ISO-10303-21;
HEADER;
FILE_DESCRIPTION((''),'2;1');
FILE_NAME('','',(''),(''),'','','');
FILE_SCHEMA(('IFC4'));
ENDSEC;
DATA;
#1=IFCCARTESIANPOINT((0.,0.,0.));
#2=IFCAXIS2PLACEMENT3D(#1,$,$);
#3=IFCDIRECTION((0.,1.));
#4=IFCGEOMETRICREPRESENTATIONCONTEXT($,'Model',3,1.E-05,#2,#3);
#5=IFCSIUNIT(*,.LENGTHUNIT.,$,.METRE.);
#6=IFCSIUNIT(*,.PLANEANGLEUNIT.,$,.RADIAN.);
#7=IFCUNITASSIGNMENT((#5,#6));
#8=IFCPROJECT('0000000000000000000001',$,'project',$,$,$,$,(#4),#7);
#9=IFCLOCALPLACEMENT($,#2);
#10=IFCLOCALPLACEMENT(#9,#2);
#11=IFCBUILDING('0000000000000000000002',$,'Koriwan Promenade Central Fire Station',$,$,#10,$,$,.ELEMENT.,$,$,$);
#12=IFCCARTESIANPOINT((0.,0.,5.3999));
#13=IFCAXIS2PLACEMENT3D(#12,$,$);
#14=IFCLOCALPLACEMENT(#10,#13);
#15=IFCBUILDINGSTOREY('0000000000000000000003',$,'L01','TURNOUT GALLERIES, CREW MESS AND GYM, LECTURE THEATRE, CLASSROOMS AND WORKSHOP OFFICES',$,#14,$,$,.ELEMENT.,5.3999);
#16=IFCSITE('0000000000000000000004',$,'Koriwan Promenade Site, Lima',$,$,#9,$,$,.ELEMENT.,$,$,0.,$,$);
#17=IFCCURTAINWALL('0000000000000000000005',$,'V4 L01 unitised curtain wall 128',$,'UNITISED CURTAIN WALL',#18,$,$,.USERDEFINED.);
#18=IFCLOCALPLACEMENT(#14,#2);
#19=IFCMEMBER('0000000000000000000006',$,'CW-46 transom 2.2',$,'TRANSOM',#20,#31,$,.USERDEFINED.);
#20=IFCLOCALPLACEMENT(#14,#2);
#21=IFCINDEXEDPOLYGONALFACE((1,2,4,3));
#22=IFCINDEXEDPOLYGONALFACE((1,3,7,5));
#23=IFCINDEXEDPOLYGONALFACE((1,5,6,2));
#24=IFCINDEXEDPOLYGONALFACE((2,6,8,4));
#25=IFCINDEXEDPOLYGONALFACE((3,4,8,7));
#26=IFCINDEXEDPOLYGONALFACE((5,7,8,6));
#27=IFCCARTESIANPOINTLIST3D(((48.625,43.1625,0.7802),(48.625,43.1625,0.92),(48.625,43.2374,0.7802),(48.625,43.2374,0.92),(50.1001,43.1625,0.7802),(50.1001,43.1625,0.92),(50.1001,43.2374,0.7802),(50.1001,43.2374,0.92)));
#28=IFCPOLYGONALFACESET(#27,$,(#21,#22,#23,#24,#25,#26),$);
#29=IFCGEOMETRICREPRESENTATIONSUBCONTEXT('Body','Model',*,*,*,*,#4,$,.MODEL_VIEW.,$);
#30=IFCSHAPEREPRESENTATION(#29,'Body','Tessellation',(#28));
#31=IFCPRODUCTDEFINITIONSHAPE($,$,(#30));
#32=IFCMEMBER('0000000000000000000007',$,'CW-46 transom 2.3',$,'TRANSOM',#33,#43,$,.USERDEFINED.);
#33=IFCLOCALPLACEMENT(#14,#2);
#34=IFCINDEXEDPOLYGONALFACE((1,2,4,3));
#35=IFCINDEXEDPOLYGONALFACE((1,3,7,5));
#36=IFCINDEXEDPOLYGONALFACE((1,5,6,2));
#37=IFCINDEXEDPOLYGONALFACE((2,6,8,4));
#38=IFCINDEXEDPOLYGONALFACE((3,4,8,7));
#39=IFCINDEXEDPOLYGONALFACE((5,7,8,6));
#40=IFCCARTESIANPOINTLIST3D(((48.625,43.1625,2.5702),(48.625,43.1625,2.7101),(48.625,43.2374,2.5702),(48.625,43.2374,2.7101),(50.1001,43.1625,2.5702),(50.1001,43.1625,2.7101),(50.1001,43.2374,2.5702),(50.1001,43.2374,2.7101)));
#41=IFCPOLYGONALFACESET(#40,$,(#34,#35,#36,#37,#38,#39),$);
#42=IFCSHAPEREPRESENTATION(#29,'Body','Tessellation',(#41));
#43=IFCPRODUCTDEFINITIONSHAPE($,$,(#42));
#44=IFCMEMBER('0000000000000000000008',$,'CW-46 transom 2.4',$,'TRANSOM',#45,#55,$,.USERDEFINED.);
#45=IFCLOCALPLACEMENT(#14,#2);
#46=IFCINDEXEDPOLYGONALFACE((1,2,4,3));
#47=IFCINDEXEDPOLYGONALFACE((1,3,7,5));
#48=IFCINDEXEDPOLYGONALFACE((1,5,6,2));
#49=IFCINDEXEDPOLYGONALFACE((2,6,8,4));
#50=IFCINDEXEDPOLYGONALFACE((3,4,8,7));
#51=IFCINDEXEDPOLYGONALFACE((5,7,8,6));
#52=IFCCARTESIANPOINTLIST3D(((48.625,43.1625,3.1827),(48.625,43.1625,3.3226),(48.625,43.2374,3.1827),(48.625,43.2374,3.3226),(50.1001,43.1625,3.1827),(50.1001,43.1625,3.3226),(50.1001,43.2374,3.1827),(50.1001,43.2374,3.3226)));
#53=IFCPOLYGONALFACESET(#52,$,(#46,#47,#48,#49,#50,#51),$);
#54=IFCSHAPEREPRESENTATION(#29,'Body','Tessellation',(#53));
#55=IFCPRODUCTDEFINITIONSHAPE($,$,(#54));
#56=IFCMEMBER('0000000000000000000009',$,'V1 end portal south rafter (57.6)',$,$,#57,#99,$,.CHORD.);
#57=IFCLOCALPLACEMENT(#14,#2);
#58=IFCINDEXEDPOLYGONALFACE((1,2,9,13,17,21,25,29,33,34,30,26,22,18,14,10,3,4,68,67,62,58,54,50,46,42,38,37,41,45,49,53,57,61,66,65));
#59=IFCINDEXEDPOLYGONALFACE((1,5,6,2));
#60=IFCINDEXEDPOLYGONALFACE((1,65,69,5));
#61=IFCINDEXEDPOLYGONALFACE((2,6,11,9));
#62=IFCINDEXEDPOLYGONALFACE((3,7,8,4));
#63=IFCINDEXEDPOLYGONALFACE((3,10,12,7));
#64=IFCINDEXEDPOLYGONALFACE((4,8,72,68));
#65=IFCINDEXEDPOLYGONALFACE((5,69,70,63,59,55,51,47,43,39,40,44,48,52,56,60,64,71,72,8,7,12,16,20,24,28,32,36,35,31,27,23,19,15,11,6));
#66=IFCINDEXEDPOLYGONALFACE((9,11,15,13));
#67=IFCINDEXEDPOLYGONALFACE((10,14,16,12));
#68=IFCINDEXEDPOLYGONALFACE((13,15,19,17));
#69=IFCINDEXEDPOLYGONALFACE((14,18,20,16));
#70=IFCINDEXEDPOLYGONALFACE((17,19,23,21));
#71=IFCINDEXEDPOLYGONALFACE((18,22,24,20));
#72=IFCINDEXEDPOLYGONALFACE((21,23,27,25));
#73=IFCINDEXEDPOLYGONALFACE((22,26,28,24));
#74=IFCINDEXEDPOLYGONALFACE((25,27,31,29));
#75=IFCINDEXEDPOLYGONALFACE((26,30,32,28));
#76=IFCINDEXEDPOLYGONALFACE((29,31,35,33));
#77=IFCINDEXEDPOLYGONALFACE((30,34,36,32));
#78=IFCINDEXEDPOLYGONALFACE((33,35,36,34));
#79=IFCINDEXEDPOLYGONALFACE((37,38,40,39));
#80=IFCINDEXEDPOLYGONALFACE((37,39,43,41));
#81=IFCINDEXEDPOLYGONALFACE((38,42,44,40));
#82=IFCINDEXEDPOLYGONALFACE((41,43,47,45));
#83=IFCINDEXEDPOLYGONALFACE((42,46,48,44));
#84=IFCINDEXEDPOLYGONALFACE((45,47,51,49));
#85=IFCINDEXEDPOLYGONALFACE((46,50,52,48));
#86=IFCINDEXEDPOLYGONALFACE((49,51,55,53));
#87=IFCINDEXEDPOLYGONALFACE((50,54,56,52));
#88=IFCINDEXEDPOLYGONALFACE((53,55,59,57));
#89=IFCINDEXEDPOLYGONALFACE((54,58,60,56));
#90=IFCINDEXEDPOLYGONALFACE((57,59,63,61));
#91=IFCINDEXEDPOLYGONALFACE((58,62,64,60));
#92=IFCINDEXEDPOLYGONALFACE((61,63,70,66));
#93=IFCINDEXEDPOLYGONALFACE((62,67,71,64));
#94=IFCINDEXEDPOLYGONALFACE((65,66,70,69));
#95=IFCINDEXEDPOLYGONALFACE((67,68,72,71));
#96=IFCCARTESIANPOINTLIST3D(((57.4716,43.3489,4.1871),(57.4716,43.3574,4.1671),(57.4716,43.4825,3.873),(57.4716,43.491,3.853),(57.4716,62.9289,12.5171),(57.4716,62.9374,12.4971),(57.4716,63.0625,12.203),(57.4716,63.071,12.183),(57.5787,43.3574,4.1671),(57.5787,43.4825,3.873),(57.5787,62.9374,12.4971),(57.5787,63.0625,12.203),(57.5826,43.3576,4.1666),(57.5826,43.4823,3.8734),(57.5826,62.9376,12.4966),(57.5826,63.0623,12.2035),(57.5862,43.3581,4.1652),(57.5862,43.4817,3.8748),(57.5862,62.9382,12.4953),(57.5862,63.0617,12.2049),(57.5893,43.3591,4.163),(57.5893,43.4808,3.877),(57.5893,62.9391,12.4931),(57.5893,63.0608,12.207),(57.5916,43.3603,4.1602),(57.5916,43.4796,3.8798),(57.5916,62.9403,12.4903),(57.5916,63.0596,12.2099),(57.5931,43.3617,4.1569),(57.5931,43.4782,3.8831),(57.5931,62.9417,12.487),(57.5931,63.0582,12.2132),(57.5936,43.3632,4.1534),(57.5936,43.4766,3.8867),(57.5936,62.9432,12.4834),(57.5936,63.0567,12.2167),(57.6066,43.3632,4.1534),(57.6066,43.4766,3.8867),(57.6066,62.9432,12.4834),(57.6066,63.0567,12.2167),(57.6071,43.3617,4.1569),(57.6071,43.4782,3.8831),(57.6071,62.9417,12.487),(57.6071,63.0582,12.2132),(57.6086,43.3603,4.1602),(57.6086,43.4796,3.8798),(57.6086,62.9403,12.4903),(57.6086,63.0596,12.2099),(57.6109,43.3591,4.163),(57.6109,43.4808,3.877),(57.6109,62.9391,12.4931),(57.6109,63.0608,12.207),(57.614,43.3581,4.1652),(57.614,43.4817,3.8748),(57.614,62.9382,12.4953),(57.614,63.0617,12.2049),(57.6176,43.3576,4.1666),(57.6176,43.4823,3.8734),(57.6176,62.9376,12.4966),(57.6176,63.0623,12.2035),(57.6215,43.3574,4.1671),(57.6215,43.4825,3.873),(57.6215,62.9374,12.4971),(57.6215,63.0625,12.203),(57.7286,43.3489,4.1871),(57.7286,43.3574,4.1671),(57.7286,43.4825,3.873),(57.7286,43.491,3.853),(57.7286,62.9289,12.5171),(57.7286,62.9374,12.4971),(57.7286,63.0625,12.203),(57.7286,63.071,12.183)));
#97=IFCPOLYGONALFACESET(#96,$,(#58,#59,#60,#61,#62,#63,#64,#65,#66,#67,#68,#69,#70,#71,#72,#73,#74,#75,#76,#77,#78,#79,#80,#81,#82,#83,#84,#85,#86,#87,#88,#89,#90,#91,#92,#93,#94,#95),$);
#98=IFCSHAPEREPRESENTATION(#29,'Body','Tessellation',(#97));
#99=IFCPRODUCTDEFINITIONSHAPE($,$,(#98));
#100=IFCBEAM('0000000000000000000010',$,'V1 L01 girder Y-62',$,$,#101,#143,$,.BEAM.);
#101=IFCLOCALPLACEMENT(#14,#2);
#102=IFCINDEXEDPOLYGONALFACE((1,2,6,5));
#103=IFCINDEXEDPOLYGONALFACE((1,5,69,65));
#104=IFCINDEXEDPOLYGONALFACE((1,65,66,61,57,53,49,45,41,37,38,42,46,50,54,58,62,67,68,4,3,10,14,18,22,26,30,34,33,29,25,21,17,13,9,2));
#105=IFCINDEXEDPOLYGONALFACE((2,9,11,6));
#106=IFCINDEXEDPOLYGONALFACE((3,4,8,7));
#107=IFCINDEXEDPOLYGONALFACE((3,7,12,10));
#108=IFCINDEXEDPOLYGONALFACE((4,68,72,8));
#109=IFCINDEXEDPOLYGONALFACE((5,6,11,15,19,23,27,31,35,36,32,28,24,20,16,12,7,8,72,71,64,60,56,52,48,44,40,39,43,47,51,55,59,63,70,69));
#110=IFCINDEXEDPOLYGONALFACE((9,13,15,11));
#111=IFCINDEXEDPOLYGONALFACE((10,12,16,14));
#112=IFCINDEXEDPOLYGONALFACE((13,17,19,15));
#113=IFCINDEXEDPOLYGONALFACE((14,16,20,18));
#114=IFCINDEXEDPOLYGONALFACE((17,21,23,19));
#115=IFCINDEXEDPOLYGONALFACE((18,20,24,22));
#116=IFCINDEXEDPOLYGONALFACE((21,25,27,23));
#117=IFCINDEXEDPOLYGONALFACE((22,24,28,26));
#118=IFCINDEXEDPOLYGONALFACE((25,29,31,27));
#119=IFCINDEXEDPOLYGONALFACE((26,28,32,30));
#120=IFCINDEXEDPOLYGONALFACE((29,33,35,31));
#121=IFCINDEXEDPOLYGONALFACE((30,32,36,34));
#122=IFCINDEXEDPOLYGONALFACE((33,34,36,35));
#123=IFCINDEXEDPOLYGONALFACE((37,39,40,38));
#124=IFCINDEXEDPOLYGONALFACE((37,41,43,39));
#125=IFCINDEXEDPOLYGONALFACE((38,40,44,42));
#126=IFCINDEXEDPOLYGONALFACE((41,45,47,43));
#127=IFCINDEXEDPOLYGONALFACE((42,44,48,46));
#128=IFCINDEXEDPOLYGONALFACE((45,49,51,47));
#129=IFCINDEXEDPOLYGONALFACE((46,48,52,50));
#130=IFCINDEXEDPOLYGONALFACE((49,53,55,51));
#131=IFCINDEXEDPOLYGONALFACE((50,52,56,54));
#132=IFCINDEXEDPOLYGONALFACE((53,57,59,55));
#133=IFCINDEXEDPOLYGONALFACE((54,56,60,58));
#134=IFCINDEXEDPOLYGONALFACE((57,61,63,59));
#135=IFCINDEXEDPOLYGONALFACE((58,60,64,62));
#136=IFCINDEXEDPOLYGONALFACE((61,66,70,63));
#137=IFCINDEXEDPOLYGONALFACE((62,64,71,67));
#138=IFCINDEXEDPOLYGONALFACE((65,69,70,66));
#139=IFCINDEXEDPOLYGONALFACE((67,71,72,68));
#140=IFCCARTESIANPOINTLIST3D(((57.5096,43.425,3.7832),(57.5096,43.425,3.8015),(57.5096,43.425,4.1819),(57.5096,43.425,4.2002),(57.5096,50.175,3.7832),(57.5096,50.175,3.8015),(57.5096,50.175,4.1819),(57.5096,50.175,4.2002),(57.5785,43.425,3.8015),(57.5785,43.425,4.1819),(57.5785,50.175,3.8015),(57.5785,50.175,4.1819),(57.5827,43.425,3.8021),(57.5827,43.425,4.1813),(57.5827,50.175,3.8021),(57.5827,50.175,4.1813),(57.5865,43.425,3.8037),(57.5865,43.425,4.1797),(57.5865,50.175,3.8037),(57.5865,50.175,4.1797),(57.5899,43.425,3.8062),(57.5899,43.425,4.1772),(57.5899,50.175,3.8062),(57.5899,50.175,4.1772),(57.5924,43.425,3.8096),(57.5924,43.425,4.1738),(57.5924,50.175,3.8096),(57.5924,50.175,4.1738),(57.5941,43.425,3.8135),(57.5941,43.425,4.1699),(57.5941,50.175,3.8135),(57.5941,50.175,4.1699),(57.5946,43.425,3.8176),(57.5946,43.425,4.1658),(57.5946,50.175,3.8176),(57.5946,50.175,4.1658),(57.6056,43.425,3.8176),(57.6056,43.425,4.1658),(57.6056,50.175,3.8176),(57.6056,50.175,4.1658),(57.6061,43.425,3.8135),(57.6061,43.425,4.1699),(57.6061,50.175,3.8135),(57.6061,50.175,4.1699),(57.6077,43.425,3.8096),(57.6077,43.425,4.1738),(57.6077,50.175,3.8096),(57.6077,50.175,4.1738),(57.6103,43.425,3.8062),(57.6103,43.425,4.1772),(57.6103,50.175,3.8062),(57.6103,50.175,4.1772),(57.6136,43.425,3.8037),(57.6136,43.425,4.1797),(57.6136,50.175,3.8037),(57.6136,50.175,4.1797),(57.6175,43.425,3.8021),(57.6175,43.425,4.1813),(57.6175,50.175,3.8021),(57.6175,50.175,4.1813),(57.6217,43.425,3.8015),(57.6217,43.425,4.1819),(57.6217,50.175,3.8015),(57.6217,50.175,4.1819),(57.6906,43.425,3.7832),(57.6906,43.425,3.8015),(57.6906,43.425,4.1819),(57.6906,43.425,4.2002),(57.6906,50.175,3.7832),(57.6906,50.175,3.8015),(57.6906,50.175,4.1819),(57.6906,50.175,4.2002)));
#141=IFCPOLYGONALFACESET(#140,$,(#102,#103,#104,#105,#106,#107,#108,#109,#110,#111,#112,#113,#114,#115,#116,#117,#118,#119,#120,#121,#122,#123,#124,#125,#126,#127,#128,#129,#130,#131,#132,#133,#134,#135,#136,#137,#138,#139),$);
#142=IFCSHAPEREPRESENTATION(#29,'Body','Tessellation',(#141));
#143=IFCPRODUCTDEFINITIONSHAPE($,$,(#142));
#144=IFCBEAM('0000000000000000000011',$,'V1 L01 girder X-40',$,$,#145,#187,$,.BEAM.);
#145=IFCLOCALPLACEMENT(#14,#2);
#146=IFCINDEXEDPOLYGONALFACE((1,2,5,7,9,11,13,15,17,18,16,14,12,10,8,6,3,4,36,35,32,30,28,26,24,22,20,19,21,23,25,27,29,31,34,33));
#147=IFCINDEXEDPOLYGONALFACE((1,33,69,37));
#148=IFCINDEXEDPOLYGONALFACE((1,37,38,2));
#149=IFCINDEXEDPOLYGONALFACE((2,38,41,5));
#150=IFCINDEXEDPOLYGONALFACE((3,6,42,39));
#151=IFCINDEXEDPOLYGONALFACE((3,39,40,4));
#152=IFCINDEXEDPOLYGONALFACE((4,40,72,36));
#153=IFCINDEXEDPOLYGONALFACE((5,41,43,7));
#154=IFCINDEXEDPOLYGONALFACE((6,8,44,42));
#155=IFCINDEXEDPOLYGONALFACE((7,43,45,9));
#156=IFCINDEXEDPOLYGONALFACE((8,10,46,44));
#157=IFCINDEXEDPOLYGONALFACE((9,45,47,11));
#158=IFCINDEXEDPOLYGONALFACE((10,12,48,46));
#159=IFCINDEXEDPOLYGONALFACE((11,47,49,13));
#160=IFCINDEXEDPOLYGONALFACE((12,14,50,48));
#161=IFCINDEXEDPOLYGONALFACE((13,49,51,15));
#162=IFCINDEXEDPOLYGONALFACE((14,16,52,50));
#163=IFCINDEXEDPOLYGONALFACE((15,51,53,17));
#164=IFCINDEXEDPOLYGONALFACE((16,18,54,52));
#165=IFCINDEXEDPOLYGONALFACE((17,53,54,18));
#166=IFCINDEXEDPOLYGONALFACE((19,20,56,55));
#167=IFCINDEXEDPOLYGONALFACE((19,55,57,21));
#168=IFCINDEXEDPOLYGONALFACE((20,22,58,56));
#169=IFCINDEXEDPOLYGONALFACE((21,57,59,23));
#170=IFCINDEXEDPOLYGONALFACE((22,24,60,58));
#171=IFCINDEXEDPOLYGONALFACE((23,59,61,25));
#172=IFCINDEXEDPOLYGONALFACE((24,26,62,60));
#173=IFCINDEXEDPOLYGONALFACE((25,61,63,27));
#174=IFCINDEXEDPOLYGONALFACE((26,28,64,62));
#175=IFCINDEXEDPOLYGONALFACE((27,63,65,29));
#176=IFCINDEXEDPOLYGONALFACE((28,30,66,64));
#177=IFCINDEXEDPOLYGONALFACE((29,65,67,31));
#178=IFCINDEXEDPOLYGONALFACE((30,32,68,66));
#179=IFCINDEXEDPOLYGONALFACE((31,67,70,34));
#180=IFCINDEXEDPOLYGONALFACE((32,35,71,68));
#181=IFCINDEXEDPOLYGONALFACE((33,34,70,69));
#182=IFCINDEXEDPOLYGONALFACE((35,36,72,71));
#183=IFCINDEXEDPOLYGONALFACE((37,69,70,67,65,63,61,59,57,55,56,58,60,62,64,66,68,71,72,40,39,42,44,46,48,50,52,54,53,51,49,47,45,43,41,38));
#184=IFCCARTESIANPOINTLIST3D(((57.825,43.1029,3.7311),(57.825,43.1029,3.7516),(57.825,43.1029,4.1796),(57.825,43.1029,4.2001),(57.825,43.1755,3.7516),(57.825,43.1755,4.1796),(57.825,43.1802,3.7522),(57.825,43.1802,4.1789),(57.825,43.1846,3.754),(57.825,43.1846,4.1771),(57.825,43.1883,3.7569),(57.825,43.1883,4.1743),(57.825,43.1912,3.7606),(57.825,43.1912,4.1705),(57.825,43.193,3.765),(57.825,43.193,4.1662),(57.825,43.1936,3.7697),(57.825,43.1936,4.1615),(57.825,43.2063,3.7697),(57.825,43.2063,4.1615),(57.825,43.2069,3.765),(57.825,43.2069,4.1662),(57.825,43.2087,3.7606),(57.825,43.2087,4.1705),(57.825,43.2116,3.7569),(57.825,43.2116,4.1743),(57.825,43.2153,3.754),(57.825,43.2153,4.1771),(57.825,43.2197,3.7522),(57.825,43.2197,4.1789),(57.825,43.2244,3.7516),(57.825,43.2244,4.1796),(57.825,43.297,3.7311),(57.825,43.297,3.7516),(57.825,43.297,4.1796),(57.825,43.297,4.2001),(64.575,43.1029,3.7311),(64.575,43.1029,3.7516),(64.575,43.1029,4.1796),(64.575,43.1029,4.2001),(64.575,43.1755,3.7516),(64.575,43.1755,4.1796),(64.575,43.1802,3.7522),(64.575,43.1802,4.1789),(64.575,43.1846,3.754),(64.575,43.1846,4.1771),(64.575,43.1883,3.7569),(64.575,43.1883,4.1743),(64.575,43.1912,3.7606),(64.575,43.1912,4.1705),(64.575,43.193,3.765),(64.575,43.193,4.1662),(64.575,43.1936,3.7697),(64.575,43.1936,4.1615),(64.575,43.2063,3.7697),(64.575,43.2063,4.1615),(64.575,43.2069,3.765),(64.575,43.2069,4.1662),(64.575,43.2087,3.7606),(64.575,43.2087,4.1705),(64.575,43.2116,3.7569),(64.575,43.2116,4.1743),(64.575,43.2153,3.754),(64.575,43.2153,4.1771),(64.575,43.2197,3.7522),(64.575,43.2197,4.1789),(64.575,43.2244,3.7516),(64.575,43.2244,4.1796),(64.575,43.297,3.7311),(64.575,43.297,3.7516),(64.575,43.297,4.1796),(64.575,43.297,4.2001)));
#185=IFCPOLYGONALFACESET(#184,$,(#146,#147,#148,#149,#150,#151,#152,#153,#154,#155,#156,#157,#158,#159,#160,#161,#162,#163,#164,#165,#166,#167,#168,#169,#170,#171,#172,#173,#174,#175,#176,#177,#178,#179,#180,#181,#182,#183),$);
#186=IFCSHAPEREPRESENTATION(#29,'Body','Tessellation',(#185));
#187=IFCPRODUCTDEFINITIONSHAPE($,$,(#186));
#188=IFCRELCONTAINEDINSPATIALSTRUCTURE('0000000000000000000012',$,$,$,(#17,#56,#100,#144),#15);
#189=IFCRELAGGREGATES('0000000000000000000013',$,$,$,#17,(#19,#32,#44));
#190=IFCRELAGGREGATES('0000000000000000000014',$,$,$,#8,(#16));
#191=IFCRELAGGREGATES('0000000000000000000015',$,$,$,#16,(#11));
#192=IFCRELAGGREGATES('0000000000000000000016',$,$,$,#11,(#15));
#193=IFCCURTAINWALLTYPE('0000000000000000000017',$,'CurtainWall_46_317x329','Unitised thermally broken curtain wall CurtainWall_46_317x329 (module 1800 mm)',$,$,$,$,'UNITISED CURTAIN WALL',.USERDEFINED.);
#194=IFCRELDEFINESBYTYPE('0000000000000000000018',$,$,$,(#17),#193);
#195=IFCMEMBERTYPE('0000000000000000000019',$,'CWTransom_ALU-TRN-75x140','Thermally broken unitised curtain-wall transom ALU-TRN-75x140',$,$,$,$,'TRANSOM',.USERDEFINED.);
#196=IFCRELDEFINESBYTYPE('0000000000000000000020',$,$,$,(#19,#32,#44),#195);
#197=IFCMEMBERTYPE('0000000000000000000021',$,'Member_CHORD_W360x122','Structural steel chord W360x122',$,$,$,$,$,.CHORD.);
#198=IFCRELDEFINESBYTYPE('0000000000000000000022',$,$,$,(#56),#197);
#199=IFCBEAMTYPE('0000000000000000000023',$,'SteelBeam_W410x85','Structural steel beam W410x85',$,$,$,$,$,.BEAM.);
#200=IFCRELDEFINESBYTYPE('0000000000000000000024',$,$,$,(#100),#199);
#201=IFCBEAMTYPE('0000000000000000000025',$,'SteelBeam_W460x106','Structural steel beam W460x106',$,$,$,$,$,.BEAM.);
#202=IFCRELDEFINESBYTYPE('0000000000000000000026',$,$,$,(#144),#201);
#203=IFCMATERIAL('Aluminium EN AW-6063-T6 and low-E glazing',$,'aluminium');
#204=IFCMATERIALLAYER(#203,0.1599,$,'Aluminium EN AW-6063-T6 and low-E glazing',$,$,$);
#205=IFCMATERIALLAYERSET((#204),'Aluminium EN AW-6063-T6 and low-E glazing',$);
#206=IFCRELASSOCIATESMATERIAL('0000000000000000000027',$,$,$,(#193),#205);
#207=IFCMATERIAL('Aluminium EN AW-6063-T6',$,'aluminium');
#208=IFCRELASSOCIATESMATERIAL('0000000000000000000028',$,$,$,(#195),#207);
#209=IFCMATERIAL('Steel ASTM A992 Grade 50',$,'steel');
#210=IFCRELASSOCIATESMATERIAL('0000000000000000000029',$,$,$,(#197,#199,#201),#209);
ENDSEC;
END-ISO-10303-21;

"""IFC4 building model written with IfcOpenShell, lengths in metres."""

from ifc_helpers import new_model, si_unit, direction, frame, origin, origin_2d, place, context, subcontext, project, spatial, rectangle, i_section, extrude, material, layer, layer_set, material_profile, profile_set, type_object, element, aggregate, save


model = new_model("IFC4")

# Units and contexts
model_context = context("Model", 3, precision=1e-05, world=origin(), true_north=direction((0.0, 1.0)))
body_context = subcontext(model_context, "Body", "Model", "MODEL_VIEW")
ifc_project = project(units=[si_unit("LENGTHUNIT", "METRE"), si_unit("PLANEANGLEUNIT", "RADIAN")], contexts=[model_context])

# Site, building, storey
site_placement = place(None, origin())
site = spatial("IfcSite", under=ifc_project, at=site_placement, Name="Koriwan Promenade Site, Lima", CompositionType="ELEMENT", RefElevation=0.0)
building_placement = place(site_placement, origin())
building = spatial("IfcBuilding", under=site, at=building_placement, Name="Koriwan Promenade Central Fire Station", CompositionType="ELEMENT")
storey_placement = place(building_placement, frame((0.0, 0.0, 5.3999)))
storey = spatial("IfcBuildingStorey", under=building, at=storey_placement, Name="L01", Description="TURNOUT GALLERIES, CREW MESS AND GYM, LECTURE THEATRE, CLASSROOMS AND WORKSHOP OFFICES", CompositionType="ELEMENT", Elevation=5.3999)

# Shared definitions
ifc_material_1 = material(Name="Aluminium EN AW-6063-T6 and low-E glazing", Category="aluminium")
ifc_material_2 = material(Name="Aluminium EN AW-6063-T6", Category="aluminium")

# Curtain wall
ifc_layer_1 = layer(ifc_material_1, 0.1599, Name="Aluminium EN AW-6063-T6 and low-E glazing")
ifc_layer_set_1 = layer_set([ifc_layer_1], Name="Aluminium EN AW-6063-T6 and low-E glazing")
curtain_wall_type_1 = type_object("IfcCurtainWallType", Name="CurtainWall_46_317x329", Description="Unitised thermally broken curtain wall CurtainWall_46_317x329 (module 1800 mm)", ElementType="UNITISED CURTAIN WALL", PredefinedType="USERDEFINED", material=ifc_layer_set_1)
curtain_wall_1_placement = place(storey_placement, origin())
curtain_wall_1 = element("IfcCurtainWall", 1, at=curtain_wall_1_placement, inside=storey, type_object=curtain_wall_type_1, Name="V4 L01 unitised curtain wall 128", ObjectType="UNITISED CURTAIN WALL", PredefinedType="USERDEFINED")

# Members
ifc_material_profile_1 = material_profile(ifc_material_2, rectangle(XDim=0.075, YDim=0.1399, at=origin_2d()), Name="ALU-TRN-75x140")
ifc_profile_set_1 = profile_set([ifc_material_profile_1], Name="Aluminium EN AW-6063-T6")
member_type_1 = type_object("IfcMemberType", Name="CWTransom_ALU-TRN-75x140", Description="Thermally broken unitised curtain-wall transom ALU-TRN-75x140", ElementType="TRANSOM", PredefinedType="USERDEFINED", material=ifc_profile_set_1)
member_1_placement = place(storey_placement, frame((48.625, 43.2, 0.8501), z_axis=(1.0, 0.0, 0.0), x_axis=(0.0, 1.0, 0.0)))
member_1 = element("IfcMember", 2, at=member_1_placement, type_object=member_type_1, Name="CW-46 transom 2.2", ObjectType="TRANSOM", PredefinedType="USERDEFINED", context=body_context, shape_type="SweptSolid", body=[
    extrude(rectangle(XDim=0.075, YDim=0.1399, at=origin_2d()), origin(), (0.0, 0.0, 1.0), 1.4751),
])
member_2_placement = place(storey_placement, frame((48.625, 43.2, 2.6401), z_axis=(1.0, 0.0, 0.0), x_axis=(0.0, 1.0, 0.0)))
member_2 = element("IfcMember", 3, at=member_2_placement, type_object=member_type_1, Name="CW-46 transom 2.3", ObjectType="TRANSOM", PredefinedType="USERDEFINED", context=body_context, shape_type="SweptSolid", body=[
    extrude(rectangle(XDim=0.075, YDim=0.1399, at=origin_2d()), origin(), (0.0, 0.0, 1.0), 1.4751),
])
member_3_placement = place(storey_placement, frame((48.625, 43.2, 3.2527), z_axis=(1.0, 0.0, 0.0), x_axis=(0.0, 1.0, 0.0)))
member_3 = element("IfcMember", 4, at=member_3_placement, type_object=member_type_1, Name="CW-46 transom 2.4", ObjectType="TRANSOM", PredefinedType="USERDEFINED", context=body_context, shape_type="SweptSolid", body=[
    extrude(rectangle(XDim=0.075, YDim=0.1399, at=origin_2d()), origin(), (0.0, 0.0, 1.0), 1.4751),
])
ifc_material_3 = material(Name="Steel ASTM A992 Grade 50", Category="steel")
ifc_material_profile_2 = material_profile(ifc_material_3, i_section(OverallWidth=0.2571, OverallDepth=0.363, WebThickness=0.0129, FlangeThickness=0.0217, FilletRadius=0.0149, at=origin_2d()), Name="W360x122")
ifc_profile_set_2 = profile_set([ifc_material_profile_2], Name="Steel ASTM A992 Grade 50")
member_type_2 = type_object("IfcMemberType", Name="Member_CHORD_W360x122", Description="Structural steel chord W360x122", PredefinedType="CHORD", material=ifc_profile_set_2)
member_4_placement = place(storey_placement, frame((57.6001, 43.4199, 4.02), z_axis=(0.0, 0.920186, 0.391481), x_axis=(-1.0, 0.0, 0.0)))
element("IfcMember", 5, at=member_4_placement, inside=storey, type_object=member_type_2, Name="V1 end portal south rafter (57.6)", PredefinedType="CHORD", context=body_context, shape_type="SweptSolid", body=[
    extrude(i_section(OverallWidth=0.2571, OverallDepth=0.363, WebThickness=0.0129, FlangeThickness=0.0217, FilletRadius=0.0149, at=origin_2d()), origin(), (0.0, 0.0, 1.0), 21.2783),
])

# Beams
ifc_material_profile_3 = material_profile(ifc_material_3, i_section(OverallWidth=0.1809, OverallDepth=0.417, WebThickness=0.011, FlangeThickness=0.0183, FilletRadius=0.0161, at=origin_2d()), Name="W410x85")
ifc_profile_set_3 = profile_set([ifc_material_profile_3], Name="Steel ASTM A992 Grade 50")
beam_type_1 = type_object("IfcBeamType", Name="SteelBeam_W410x85", Description="Structural steel beam W410x85", PredefinedType="BEAM", material=ifc_profile_set_3)
beam_1_placement = place(storey_placement, frame((57.6001, 43.425, 3.9917), z_axis=(0.0, 1.0, 0.0), x_axis=(-1.0, 0.0, 0.0)))
element("IfcBeam", 6, at=beam_1_placement, inside=storey, type_object=beam_type_1, Name="V1 L01 girder Y-62", PredefinedType="BEAM", context=body_context, shape_type="SweptSolid", body=[
    extrude(i_section(OverallWidth=0.1809, OverallDepth=0.417, WebThickness=0.011, FlangeThickness=0.0183, FilletRadius=0.0161, at=origin_2d()), origin(), (0.0, 0.0, 1.0), 6.75),
])
ifc_material_profile_4 = material_profile(ifc_material_3, i_section(OverallWidth=0.1941, OverallDepth=0.469, WebThickness=0.0127, FlangeThickness=0.0205, FilletRadius=0.0181, at=origin_2d()), Name="W460x106")
ifc_profile_set_4 = profile_set([ifc_material_profile_4], Name="Steel ASTM A992 Grade 50")
beam_type_2 = type_object("IfcBeamType", Name="SteelBeam_W460x106", Description="Structural steel beam W460x106", PredefinedType="BEAM", material=ifc_profile_set_4)
beam_2_placement = place(storey_placement, frame((57.825, 43.2, 3.9656), z_axis=(1.0, 0.0, 0.0), x_axis=(0.0, 1.0, 0.0)))
element("IfcBeam", 7, at=beam_2_placement, inside=storey, type_object=beam_type_2, Name="V1 L01 girder X-40", PredefinedType="BEAM", context=body_context, shape_type="SweptSolid", body=[
    extrude(i_section(OverallWidth=0.1941, OverallDepth=0.469, WebThickness=0.0127, FlangeThickness=0.0205, FilletRadius=0.0181, at=origin_2d()), origin(), (0.0, 0.0, 1.0), 6.75),
])

aggregate(curtain_wall_1, [member_1, member_2, member_3])

save(model, "model.ifc")
